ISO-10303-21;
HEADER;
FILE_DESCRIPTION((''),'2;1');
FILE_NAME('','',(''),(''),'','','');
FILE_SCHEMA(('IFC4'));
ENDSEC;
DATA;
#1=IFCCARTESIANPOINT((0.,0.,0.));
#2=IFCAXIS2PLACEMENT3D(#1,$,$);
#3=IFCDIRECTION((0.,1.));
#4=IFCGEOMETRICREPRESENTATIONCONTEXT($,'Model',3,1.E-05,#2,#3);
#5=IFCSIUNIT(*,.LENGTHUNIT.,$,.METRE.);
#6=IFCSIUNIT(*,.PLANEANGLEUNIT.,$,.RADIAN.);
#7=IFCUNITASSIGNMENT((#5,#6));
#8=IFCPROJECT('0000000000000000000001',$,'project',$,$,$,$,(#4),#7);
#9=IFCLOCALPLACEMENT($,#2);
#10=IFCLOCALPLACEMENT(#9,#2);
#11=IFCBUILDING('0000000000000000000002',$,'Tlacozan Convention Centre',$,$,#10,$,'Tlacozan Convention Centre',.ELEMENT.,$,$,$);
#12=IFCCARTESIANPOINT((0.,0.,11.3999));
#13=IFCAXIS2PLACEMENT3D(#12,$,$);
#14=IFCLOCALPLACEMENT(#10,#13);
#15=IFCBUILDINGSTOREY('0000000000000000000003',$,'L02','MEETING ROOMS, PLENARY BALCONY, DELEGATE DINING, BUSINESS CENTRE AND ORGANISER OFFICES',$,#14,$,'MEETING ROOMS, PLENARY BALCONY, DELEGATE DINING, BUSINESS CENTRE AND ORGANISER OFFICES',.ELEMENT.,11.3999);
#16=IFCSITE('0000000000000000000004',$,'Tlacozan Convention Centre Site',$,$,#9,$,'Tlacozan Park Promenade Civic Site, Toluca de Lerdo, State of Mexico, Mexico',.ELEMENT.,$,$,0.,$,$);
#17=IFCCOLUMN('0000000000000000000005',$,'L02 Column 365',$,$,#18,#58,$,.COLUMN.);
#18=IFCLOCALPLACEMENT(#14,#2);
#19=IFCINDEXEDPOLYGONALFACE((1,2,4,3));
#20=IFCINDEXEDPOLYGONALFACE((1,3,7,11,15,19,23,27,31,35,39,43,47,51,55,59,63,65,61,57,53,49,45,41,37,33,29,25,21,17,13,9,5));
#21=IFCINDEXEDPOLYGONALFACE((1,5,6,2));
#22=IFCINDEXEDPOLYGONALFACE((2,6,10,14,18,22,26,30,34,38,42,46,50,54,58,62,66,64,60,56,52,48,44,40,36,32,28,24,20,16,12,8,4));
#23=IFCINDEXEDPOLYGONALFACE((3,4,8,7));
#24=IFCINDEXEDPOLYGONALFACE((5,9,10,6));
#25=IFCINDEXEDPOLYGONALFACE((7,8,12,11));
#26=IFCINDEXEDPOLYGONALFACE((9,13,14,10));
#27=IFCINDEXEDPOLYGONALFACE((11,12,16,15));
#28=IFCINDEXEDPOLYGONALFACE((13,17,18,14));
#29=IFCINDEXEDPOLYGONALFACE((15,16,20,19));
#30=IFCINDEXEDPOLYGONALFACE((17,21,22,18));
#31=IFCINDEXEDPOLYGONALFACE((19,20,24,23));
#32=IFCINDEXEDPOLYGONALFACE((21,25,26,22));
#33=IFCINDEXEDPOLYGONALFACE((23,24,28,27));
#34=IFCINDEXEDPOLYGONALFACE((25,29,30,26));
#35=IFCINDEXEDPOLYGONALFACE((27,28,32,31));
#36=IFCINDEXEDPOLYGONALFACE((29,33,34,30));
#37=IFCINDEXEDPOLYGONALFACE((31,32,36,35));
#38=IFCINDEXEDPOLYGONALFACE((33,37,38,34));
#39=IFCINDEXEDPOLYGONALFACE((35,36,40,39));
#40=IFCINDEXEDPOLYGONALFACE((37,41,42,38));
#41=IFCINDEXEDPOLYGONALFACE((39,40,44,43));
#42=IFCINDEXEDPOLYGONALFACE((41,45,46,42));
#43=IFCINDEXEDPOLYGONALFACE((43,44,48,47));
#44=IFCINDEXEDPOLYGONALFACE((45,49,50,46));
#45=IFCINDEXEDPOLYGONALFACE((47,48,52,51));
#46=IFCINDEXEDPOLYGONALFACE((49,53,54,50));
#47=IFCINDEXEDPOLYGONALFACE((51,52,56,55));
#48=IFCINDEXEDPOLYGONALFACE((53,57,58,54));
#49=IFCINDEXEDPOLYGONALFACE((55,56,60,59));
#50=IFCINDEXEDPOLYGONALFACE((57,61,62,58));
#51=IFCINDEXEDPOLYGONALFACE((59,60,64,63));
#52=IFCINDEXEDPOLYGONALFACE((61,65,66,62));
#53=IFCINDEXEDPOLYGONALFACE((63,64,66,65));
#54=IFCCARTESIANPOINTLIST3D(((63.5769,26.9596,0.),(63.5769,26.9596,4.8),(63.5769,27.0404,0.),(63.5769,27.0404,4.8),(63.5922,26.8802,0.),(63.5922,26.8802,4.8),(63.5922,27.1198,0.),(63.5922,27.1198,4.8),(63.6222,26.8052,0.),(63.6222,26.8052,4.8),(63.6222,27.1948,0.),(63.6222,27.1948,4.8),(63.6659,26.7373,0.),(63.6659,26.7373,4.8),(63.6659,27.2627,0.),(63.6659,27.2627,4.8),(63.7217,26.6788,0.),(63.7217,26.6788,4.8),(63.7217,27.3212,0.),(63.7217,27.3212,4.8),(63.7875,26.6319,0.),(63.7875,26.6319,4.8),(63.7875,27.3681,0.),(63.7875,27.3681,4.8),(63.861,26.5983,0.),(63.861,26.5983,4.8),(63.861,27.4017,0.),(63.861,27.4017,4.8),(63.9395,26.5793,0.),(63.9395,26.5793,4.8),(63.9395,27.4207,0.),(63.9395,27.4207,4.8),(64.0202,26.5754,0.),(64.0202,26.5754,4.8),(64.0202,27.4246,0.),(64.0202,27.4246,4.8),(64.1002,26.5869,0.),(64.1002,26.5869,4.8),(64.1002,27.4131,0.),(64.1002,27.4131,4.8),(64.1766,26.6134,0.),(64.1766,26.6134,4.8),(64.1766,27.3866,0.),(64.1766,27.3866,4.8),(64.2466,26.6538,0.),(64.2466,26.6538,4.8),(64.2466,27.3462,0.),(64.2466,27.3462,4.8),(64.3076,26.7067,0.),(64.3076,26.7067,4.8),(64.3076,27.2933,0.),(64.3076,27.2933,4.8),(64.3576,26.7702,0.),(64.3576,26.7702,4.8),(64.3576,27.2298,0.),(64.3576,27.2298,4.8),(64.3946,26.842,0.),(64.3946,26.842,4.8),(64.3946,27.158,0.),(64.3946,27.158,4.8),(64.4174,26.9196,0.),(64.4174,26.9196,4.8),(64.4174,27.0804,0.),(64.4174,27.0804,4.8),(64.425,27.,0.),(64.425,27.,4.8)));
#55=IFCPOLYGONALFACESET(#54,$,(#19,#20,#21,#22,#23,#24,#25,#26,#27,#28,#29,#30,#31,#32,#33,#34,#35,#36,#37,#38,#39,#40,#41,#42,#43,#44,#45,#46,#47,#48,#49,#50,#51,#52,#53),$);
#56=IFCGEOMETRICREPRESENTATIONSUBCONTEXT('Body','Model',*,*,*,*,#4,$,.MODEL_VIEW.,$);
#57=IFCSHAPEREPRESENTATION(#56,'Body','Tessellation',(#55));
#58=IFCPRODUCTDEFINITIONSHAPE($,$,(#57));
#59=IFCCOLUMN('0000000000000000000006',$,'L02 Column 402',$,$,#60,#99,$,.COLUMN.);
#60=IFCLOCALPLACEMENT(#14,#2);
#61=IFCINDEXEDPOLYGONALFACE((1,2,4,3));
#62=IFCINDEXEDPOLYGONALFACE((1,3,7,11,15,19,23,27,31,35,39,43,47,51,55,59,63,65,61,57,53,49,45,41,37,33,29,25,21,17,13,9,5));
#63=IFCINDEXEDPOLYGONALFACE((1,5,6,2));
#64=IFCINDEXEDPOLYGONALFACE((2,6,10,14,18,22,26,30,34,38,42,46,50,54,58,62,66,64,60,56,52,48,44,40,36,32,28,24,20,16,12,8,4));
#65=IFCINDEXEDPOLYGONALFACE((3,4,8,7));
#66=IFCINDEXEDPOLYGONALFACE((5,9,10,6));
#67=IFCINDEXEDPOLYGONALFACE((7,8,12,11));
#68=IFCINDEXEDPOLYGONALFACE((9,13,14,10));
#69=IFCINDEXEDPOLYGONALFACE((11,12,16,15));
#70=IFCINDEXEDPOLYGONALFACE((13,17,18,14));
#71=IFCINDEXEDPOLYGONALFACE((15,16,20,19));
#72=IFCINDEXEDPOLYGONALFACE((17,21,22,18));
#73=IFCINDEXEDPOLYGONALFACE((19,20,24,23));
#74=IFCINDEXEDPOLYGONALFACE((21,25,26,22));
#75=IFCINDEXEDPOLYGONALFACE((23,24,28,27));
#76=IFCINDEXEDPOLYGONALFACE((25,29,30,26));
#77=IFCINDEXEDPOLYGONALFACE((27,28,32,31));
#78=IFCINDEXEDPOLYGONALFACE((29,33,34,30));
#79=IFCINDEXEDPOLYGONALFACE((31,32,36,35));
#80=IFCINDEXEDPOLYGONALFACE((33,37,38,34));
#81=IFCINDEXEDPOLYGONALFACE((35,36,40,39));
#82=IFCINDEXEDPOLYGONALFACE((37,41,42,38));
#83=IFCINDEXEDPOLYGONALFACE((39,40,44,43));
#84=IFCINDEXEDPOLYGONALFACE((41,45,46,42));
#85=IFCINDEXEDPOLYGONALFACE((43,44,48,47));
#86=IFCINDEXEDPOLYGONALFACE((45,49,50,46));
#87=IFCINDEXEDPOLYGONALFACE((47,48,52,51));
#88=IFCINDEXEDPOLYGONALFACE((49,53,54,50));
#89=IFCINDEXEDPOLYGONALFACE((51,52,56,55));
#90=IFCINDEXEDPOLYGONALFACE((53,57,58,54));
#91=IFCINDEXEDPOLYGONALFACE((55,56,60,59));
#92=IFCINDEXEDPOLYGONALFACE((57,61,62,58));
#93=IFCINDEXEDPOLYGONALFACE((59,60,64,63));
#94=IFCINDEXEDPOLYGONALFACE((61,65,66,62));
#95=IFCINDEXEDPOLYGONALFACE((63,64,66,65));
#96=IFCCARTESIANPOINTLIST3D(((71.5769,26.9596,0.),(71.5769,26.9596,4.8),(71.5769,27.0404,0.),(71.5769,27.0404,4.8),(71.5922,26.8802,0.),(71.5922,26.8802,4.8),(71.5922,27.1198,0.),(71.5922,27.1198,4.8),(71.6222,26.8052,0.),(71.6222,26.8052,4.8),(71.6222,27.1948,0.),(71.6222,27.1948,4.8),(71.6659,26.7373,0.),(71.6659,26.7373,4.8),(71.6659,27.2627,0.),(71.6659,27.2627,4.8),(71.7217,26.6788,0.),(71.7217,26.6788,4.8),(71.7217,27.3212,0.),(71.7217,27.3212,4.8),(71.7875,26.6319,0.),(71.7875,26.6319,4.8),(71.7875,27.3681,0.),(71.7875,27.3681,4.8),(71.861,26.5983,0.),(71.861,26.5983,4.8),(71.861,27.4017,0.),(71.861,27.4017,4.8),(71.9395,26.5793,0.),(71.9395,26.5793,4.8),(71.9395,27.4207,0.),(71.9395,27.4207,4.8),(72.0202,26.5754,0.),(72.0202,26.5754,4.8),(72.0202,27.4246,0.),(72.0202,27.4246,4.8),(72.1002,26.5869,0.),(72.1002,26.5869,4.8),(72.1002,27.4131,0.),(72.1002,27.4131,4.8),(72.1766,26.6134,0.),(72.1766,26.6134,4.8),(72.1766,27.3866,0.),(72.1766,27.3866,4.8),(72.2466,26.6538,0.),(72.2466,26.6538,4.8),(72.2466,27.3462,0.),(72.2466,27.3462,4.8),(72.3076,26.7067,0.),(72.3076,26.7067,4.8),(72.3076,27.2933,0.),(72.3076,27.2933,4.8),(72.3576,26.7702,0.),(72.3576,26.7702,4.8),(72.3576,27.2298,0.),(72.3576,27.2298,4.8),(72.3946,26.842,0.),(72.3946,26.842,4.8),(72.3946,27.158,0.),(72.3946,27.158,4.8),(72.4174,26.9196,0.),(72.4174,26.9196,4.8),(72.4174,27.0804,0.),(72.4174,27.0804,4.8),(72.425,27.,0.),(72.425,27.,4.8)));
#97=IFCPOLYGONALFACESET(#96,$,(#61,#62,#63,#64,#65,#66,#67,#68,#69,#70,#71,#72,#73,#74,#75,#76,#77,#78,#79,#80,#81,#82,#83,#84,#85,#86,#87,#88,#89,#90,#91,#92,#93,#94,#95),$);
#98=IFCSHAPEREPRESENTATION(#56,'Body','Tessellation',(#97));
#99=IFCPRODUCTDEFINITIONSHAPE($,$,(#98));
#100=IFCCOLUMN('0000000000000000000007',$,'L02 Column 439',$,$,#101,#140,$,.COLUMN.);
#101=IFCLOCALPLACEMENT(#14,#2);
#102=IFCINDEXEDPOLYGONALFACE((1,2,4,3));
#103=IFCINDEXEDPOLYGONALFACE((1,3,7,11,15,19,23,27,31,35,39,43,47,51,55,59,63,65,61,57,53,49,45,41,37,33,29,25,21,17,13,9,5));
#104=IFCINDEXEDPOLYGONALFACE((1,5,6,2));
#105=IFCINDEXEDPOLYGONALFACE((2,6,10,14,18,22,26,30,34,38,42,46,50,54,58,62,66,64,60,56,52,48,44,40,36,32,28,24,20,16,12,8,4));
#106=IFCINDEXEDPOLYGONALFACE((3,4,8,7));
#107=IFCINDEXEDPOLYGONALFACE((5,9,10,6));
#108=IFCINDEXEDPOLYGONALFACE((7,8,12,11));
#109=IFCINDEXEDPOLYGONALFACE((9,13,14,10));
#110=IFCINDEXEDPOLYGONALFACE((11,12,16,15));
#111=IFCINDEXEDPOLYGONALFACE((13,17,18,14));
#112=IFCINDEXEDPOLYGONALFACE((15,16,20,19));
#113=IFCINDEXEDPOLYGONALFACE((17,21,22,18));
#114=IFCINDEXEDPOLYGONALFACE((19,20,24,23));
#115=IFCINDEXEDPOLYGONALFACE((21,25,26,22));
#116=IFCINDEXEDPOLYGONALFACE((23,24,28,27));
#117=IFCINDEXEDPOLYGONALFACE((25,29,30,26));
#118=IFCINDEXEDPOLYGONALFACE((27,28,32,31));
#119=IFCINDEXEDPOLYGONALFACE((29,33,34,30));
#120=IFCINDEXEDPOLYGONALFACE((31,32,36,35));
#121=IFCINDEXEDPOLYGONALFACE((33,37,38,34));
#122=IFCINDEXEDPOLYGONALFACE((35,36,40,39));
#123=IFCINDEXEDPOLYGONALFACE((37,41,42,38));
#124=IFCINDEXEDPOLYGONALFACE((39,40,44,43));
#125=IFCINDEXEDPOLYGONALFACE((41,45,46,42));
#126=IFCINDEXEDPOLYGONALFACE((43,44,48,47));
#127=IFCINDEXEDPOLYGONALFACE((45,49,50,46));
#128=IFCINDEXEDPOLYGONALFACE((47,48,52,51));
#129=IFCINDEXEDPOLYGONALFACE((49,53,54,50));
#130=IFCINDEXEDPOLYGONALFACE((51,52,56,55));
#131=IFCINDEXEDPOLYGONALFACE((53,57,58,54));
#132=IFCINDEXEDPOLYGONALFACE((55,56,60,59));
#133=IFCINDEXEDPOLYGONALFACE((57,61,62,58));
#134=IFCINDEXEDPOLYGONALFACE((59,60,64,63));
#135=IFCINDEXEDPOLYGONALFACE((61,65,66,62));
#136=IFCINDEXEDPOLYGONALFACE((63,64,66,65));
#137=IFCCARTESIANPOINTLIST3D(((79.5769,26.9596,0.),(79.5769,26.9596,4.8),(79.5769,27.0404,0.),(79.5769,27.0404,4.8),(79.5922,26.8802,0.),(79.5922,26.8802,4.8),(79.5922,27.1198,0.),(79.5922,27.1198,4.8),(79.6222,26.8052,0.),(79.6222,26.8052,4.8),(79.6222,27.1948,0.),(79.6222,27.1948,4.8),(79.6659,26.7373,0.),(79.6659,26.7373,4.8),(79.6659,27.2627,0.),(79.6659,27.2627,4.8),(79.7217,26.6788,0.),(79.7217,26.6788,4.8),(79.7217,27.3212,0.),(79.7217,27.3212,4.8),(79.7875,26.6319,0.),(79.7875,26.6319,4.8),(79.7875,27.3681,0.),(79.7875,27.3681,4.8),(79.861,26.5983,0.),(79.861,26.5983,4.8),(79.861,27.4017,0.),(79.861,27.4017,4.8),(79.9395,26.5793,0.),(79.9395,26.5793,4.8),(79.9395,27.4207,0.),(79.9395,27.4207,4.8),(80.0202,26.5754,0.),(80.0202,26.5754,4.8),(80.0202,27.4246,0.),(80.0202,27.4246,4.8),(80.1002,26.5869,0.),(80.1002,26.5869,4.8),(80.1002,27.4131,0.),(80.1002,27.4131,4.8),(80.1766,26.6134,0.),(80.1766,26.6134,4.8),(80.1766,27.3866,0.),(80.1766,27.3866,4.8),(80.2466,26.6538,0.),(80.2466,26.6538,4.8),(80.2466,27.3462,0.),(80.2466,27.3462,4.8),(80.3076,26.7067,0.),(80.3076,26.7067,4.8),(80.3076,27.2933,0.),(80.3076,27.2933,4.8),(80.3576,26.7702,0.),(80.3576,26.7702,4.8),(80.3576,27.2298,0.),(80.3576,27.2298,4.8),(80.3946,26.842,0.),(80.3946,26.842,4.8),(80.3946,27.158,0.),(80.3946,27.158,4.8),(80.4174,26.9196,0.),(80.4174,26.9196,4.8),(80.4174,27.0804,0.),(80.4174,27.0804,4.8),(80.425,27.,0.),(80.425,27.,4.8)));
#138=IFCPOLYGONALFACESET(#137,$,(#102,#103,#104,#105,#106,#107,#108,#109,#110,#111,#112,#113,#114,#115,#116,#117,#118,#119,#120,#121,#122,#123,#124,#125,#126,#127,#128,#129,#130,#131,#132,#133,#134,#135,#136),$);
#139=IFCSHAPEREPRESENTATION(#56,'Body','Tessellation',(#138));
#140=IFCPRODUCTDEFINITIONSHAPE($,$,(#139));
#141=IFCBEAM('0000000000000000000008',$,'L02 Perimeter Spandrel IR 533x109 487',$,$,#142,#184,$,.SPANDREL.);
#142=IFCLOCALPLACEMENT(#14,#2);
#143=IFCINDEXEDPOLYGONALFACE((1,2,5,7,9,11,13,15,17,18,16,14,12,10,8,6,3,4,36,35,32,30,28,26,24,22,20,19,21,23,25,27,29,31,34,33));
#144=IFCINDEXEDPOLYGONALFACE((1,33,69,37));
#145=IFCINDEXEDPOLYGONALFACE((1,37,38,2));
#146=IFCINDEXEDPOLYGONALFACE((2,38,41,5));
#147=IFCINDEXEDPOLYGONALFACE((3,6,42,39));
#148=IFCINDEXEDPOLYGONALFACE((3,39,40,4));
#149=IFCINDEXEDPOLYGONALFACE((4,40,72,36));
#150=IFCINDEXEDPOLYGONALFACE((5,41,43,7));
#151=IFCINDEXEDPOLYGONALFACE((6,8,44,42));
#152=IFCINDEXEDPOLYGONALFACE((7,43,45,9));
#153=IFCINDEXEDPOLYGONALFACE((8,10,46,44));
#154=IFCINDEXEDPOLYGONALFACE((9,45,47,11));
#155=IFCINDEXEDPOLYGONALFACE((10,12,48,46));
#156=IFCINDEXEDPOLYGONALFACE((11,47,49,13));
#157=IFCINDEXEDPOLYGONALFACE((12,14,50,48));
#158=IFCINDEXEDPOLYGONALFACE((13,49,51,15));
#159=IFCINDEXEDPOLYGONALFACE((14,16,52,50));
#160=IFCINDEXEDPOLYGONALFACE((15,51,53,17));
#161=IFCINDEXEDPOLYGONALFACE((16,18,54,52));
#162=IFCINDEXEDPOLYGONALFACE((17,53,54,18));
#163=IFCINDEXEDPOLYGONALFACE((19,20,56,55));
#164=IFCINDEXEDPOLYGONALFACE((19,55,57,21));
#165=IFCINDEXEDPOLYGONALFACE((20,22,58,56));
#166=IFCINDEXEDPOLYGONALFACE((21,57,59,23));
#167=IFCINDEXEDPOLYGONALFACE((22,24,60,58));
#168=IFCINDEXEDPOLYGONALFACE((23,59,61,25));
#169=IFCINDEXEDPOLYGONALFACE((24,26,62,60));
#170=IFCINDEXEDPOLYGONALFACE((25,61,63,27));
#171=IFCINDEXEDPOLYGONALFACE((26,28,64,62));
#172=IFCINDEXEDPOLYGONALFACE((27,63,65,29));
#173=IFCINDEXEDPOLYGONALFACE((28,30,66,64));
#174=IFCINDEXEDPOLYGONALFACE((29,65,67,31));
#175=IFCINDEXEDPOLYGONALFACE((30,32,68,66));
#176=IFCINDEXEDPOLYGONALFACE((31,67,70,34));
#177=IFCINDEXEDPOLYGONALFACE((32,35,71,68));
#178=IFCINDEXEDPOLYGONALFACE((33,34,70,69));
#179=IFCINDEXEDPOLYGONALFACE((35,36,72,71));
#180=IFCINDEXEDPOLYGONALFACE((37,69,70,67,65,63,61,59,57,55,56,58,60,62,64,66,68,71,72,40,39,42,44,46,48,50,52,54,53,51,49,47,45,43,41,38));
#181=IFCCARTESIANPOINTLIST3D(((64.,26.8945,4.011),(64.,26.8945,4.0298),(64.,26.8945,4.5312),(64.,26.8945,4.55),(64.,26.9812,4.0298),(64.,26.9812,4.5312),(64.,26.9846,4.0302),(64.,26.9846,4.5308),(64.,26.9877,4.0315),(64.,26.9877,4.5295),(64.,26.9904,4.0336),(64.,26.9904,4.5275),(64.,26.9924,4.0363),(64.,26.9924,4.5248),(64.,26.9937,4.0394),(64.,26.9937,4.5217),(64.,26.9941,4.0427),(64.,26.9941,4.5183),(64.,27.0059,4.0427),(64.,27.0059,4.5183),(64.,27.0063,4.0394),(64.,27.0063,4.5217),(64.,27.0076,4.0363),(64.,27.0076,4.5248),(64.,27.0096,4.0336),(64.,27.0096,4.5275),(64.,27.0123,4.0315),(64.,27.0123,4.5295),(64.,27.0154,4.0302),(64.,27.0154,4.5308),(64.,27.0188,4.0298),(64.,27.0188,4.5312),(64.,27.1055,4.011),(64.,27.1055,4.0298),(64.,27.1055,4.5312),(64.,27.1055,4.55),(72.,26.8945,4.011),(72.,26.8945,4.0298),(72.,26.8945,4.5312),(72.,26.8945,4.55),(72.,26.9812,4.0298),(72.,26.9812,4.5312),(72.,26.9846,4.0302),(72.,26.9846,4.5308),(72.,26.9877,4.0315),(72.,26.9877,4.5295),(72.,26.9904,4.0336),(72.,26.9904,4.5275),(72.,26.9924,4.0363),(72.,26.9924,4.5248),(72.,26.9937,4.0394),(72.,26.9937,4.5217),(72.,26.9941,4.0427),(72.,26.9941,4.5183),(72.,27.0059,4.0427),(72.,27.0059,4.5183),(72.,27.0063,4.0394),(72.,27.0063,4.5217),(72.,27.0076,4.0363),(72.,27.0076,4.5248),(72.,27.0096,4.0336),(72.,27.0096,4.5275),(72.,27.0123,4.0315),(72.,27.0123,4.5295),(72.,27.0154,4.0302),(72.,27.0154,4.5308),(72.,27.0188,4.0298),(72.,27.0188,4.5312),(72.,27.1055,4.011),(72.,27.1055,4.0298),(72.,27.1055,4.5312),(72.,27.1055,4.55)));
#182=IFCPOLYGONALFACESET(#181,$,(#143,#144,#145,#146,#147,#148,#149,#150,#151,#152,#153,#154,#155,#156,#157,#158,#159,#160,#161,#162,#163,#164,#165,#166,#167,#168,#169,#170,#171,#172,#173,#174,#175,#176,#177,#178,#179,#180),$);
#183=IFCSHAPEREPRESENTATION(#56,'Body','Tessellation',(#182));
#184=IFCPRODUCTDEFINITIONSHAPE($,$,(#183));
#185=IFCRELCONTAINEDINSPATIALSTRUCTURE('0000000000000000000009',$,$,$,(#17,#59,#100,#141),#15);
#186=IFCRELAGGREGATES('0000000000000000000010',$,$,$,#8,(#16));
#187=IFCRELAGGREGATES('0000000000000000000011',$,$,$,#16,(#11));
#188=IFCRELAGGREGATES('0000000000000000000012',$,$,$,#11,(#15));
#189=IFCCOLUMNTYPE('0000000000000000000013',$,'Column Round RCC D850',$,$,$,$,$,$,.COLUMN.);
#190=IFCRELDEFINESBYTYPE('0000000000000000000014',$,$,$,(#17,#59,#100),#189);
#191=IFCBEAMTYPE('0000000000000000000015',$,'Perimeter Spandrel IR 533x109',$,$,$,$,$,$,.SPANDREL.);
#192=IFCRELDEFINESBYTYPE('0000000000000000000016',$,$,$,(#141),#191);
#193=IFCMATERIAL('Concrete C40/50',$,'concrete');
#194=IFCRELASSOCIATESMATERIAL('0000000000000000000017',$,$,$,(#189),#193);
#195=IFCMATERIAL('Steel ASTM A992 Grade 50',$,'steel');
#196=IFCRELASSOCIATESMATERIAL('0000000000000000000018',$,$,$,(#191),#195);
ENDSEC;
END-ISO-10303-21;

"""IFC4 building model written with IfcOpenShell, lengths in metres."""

from ifc_helpers import new_model, si_unit, direction, frame, origin, origin_2d, place, context, subcontext, project, spatial, circle, i_section, extrude, material, material_profile, profile_set, type_object, element, save


model = new_model("IFC4")

# Units and contexts
model_context = context("Model", 3, precision=1e-05, world=origin(), true_north=direction((0.0, 1.0)))
body_context = subcontext(model_context, "Body", "Model", "MODEL_VIEW")
ifc_project = project(units=[si_unit("LENGTHUNIT", "METRE"), si_unit("PLANEANGLEUNIT", "RADIAN")], contexts=[model_context])

# Site, building, storey
site_placement = place(None, origin())
site = spatial("IfcSite", under=ifc_project, at=site_placement, Name="Tlacozan Convention Centre Site", LongName="Tlacozan Park Promenade Civic Site, Toluca de Lerdo, State of Mexico, Mexico", CompositionType="ELEMENT", RefElevation=0.0)
building_placement = place(site_placement, origin())
building = spatial("IfcBuilding", under=site, at=building_placement, Name="Tlacozan Convention Centre", LongName="Tlacozan Convention Centre", CompositionType="ELEMENT")
storey_placement = place(building_placement, frame((0.0, 0.0, 11.3999)))
storey = spatial("IfcBuildingStorey", under=building, at=storey_placement, Name="L02", Description="MEETING ROOMS, PLENARY BALCONY, DELEGATE DINING, BUSINESS CENTRE AND ORGANISER OFFICES", LongName="MEETING ROOMS, PLENARY BALCONY, DELEGATE DINING, BUSINESS CENTRE AND ORGANISER OFFICES", CompositionType="ELEMENT", Elevation=11.3999)

# Columns
ifc_material_1 = material(Name="Concrete C40/50", Category="concrete")
ifc_material_profile_1 = material_profile(ifc_material_1, circle(Radius=0.425, at=origin_2d()), Name="RCC D850")
ifc_profile_set_1 = profile_set([ifc_material_profile_1], Name="Concrete C40/50")
column_type = type_object("IfcColumnType", Name="Column Round RCC D850", PredefinedType="COLUMN", material=ifc_profile_set_1)
for number, where, z_axis, x_axis, name in (
    (1, (64.0, 27.0, 0.0), (0.0, 0.0, 1.0), (1.0, 0.0, 0.0), "L02 Column 365"),
    (2, (72.0, 27.0, 0.0), (0.0, 0.0, 1.0), (1.0, 0.0, 0.0), "L02 Column 402"),
    (3, (80.0, 27.0, 0.0), (0.0, 0.0, 1.0), (1.0, 0.0, 0.0), "L02 Column 439"),
):
    element("IfcColumn", number, at=place(storey_placement, frame(where, z_axis=z_axis, x_axis=x_axis)), inside=storey, type_object=column_type, Name=name, PredefinedType="COLUMN", context=body_context, shape_type="SweptSolid", body=[
        extrude(circle(Radius=0.425, at=origin_2d()), origin(), (0.0, 0.0, 1.0), 4.8),
    ])

# Beam
ifc_material_2 = material(Name="Steel ASTM A992 Grade 50", Category="steel")
ifc_material_profile_2 = material_profile(ifc_material_2, i_section(OverallWidth=0.2109, OverallDepth=0.5391, WebThickness=0.0117, FlangeThickness=0.0188, FilletRadius=0.0129, at=origin_2d()), Name="IR 533x109.0")
ifc_profile_set_2 = profile_set([ifc_material_profile_2], Name="Steel ASTM A992 Grade 50")
beam_type_1 = type_object("IfcBeamType", Name="Perimeter Spandrel IR 533x109", PredefinedType="SPANDREL", material=ifc_profile_set_2)
for number, where, z_axis, x_axis, name in (
    (4, (64.0, 27.0, 4.2805), (1.0, 0.0, 0.0), (0.0, 1.0, 0.0), "L02 Perimeter Spandrel IR 533x109 487"),
):
    element("IfcBeam", number, at=place(storey_placement, frame(where, z_axis=z_axis, x_axis=x_axis)), inside=storey, type_object=beam_type_1, Name=name, PredefinedType="SPANDREL", context=body_context, shape_type="SweptSolid", body=[
        extrude(i_section(OverallWidth=0.2109, OverallDepth=0.5391, WebThickness=0.0117, FlangeThickness=0.0188, FilletRadius=0.0129, at=origin_2d()), origin(), (0.0, 0.0, 1.0), 8.0),
    ])

save(model, "model.ifc")
